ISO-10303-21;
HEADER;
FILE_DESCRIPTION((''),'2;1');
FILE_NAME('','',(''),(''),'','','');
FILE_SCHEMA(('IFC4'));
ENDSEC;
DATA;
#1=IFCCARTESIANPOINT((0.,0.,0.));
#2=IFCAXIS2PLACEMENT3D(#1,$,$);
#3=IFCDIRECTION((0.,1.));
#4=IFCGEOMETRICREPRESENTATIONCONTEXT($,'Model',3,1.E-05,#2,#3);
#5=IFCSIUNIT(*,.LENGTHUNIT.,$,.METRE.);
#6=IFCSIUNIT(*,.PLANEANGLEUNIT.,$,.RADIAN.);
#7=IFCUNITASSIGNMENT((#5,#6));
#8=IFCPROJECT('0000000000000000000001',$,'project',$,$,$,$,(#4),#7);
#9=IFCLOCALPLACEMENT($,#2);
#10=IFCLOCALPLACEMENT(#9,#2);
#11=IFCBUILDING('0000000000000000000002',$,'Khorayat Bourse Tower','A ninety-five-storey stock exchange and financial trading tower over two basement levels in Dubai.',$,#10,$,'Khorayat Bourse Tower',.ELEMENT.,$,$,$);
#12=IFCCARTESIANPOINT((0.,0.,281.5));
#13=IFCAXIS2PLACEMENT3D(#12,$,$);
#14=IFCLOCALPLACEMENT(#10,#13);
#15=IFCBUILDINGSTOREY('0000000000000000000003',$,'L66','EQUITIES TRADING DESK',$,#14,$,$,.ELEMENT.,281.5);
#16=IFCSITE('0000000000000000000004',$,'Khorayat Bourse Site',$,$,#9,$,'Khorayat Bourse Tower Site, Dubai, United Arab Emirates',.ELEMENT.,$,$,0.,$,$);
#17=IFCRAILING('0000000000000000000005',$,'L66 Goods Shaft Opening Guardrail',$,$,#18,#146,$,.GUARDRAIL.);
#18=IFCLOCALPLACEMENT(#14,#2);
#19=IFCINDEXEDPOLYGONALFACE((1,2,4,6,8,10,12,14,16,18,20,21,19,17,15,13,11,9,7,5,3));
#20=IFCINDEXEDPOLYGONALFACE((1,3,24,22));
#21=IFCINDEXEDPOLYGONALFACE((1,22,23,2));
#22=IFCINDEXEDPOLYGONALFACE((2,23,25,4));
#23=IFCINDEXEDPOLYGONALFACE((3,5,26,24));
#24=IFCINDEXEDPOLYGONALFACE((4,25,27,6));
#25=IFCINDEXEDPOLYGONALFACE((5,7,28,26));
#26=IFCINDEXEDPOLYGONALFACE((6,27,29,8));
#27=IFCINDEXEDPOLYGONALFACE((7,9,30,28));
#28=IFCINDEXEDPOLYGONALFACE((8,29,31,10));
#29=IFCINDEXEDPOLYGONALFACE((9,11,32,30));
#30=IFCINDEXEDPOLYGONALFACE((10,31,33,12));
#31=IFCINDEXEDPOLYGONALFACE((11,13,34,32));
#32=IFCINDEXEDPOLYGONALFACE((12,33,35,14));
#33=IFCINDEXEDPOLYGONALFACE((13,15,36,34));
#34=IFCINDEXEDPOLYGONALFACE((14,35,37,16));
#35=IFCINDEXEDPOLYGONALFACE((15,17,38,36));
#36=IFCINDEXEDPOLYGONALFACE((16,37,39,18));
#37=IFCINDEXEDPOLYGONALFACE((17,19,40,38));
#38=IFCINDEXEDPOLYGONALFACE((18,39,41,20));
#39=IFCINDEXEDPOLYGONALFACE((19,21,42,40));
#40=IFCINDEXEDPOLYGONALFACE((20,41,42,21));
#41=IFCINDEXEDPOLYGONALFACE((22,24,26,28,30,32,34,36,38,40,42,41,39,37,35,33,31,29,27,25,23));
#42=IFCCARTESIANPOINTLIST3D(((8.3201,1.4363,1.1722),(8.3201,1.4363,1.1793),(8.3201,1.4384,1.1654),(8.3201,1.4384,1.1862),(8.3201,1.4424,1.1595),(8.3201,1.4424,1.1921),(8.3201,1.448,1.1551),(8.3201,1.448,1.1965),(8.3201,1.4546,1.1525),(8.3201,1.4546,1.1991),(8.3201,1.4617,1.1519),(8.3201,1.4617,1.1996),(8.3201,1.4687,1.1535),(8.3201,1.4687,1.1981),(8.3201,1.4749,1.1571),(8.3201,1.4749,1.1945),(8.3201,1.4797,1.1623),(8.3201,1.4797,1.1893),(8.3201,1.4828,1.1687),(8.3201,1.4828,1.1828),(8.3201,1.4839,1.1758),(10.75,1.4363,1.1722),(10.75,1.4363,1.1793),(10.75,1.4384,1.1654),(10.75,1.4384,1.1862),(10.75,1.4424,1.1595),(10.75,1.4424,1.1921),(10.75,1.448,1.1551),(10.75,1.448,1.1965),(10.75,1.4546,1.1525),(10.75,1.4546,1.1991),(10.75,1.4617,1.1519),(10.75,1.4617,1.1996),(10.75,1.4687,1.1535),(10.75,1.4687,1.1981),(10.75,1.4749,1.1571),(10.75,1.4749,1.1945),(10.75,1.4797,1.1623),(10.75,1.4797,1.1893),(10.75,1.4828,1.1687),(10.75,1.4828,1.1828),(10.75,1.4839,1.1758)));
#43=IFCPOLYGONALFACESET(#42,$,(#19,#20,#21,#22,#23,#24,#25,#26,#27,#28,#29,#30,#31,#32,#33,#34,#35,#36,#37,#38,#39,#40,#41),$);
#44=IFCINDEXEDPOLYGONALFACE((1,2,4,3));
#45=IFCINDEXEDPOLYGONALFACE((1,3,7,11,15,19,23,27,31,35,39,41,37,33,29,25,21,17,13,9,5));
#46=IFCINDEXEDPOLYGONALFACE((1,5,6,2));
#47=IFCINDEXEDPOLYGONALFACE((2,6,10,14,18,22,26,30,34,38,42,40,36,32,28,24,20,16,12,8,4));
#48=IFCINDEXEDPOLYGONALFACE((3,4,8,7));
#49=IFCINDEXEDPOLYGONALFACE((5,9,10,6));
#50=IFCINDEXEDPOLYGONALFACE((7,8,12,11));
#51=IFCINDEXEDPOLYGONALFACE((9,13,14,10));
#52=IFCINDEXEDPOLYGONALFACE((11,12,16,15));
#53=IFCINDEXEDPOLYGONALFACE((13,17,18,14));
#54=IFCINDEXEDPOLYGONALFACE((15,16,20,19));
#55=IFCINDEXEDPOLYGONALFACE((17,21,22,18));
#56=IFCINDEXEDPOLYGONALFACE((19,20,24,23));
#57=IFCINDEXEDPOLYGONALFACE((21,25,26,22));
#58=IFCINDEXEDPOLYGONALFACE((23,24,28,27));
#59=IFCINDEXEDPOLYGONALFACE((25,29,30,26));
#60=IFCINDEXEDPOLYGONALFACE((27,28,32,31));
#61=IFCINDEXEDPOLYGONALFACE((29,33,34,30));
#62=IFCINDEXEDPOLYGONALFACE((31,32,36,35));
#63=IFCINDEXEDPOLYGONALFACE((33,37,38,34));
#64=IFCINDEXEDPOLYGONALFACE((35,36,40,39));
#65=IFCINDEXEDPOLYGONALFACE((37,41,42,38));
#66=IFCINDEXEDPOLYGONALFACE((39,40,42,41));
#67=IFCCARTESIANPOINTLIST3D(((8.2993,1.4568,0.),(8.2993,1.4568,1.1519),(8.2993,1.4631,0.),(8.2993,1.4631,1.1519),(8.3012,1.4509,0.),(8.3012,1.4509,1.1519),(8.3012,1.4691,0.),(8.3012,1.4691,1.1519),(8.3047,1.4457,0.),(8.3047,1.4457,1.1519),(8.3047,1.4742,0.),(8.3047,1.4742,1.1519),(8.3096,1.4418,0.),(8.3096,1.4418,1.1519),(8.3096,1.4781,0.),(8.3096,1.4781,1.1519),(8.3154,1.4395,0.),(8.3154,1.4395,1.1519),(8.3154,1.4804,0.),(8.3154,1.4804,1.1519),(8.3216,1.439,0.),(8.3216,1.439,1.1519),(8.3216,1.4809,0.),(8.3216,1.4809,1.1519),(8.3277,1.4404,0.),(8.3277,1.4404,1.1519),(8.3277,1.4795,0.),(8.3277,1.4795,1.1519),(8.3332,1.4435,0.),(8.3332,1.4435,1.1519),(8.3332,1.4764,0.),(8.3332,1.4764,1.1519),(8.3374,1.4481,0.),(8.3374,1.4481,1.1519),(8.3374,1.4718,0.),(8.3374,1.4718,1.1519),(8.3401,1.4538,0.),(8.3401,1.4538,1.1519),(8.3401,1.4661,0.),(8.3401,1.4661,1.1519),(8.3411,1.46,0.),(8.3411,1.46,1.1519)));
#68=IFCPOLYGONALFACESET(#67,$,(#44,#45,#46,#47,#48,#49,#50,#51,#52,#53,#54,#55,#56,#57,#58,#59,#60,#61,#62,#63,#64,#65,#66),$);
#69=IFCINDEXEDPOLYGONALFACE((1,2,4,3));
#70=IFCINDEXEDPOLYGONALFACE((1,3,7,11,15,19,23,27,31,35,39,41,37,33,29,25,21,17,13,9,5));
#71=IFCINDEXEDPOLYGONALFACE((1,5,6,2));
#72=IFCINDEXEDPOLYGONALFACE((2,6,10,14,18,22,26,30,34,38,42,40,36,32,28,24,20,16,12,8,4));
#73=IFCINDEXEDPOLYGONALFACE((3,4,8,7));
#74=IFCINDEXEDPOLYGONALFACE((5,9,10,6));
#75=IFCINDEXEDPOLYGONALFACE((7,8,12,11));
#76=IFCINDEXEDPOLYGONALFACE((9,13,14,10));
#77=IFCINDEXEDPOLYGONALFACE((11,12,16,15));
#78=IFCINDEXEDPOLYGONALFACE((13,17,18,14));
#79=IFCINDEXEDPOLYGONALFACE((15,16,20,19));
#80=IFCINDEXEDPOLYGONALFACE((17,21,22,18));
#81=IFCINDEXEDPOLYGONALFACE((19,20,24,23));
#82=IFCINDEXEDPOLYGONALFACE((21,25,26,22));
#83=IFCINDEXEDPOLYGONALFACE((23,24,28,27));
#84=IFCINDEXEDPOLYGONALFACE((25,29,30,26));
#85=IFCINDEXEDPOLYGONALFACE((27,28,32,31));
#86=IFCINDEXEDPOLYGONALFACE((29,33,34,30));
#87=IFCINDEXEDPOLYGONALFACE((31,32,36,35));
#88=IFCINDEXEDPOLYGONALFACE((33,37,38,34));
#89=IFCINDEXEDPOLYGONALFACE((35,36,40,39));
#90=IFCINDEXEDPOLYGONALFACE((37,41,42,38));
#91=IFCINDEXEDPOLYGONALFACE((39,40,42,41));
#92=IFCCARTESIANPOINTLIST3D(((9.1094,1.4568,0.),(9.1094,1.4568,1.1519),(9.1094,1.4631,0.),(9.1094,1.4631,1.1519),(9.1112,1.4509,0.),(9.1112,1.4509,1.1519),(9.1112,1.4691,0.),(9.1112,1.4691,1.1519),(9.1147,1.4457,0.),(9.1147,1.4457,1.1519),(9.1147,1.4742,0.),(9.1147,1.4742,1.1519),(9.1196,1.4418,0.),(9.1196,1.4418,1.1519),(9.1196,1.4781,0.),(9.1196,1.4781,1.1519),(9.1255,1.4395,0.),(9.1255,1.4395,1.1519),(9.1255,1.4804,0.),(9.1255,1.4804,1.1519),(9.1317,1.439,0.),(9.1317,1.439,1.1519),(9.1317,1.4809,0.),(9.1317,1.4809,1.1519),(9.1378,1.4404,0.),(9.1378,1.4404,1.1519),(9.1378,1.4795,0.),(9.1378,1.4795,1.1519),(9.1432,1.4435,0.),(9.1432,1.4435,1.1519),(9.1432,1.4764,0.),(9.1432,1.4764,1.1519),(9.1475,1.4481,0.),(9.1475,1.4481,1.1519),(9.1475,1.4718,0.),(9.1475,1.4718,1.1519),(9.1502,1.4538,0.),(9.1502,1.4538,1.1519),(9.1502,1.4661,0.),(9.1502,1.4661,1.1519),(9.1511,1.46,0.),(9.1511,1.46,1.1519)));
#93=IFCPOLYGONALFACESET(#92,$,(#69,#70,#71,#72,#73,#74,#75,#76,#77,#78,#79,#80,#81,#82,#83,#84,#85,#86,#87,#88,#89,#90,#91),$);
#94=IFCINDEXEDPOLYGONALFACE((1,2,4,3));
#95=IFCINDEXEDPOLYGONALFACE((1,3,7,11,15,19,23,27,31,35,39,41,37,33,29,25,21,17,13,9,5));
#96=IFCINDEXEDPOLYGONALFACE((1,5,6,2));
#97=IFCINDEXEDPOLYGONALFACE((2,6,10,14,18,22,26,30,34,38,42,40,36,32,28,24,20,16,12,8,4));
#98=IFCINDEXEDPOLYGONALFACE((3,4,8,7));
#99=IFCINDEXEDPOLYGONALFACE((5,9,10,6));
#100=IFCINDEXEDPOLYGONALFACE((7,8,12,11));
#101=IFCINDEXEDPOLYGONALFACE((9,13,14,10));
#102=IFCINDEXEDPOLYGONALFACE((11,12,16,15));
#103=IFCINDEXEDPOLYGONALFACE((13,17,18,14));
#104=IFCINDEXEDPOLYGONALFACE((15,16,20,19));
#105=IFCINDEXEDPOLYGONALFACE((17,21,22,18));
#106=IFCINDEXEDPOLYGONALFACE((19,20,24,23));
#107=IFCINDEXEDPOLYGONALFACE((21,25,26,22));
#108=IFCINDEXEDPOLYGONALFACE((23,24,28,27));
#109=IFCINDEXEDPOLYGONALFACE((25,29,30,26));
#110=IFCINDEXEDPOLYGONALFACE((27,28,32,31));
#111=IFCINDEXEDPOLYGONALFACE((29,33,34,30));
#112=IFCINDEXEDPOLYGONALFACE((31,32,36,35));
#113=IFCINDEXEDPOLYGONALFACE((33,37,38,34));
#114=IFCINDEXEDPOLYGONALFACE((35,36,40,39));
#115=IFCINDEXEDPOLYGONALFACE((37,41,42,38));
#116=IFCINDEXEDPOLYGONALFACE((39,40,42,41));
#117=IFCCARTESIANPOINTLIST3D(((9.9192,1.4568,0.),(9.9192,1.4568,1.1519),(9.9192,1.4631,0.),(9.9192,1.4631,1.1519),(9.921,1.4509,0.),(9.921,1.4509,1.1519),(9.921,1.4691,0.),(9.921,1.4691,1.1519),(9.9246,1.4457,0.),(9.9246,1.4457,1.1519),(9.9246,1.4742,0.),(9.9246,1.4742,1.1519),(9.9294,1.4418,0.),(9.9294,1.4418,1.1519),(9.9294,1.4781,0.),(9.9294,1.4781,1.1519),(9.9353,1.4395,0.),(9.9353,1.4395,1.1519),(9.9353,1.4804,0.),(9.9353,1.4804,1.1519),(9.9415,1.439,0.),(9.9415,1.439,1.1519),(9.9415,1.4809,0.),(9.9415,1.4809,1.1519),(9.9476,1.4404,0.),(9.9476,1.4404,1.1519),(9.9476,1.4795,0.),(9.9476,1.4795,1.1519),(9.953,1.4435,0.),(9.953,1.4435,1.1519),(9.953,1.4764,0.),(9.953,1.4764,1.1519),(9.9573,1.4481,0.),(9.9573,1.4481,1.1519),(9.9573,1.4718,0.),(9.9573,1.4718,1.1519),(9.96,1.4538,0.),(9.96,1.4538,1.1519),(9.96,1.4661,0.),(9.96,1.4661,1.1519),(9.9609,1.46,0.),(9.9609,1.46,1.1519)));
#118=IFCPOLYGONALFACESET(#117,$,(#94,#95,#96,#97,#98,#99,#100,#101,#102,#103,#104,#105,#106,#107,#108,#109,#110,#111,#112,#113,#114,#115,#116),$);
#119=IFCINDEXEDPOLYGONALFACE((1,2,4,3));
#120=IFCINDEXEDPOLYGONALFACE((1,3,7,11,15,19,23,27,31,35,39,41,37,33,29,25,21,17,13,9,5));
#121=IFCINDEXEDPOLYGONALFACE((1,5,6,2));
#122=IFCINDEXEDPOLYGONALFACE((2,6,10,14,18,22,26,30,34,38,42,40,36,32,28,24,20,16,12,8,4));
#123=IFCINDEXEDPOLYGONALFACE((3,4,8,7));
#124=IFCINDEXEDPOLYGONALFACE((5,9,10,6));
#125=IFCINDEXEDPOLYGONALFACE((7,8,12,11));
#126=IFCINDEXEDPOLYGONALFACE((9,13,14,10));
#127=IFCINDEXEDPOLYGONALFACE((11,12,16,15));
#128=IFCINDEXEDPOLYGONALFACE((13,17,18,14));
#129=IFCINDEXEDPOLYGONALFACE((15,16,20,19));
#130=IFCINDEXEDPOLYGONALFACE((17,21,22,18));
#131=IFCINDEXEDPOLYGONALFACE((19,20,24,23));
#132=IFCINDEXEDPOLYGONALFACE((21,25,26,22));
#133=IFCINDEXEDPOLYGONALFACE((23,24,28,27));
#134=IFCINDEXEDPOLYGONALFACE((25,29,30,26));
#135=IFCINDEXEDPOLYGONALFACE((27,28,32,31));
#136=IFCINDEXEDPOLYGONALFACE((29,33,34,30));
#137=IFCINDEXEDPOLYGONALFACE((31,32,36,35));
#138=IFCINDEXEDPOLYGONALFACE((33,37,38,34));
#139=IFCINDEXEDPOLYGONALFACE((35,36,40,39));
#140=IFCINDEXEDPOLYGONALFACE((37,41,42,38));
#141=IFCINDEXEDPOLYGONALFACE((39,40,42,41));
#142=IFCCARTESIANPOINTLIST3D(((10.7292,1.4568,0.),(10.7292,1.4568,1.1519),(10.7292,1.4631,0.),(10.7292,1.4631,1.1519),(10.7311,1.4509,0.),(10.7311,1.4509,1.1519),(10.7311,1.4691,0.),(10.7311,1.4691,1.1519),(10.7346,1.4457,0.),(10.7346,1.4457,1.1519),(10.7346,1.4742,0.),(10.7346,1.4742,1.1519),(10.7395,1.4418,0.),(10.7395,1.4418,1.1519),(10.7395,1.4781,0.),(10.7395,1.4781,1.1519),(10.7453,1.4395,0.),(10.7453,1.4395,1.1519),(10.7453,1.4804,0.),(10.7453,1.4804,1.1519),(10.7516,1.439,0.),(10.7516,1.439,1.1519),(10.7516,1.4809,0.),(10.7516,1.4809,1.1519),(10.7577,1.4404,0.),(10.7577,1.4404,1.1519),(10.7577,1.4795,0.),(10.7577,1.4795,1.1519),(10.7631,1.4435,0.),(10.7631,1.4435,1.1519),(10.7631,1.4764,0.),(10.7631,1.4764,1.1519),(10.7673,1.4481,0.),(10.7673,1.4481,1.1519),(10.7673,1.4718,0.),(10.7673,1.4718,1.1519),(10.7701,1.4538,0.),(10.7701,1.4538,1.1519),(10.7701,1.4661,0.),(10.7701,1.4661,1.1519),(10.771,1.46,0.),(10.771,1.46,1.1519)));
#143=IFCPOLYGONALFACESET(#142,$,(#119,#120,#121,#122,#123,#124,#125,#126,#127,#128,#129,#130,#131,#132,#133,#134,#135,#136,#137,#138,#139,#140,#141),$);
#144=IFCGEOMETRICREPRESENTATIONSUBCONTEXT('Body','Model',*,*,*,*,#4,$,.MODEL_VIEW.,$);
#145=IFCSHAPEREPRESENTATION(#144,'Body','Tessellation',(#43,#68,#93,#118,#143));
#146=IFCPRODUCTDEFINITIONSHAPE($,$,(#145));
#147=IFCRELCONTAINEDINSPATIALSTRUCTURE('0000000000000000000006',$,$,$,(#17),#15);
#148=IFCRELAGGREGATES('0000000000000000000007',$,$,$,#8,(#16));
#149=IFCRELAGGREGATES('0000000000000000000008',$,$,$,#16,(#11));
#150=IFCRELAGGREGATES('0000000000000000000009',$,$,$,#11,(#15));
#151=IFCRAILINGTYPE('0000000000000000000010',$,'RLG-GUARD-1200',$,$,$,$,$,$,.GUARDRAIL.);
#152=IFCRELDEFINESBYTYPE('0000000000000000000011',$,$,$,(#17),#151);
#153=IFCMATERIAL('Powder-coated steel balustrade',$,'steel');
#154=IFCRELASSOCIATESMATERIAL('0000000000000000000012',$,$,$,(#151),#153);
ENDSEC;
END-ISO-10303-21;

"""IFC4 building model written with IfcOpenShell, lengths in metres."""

from ifc_helpers import new_model, si_unit, direction, frame, origin, origin_2d, place, context, subcontext, project, spatial, circle, extrude, source, transform, mapped, material, type_object, element, save


model = new_model("IFC4")

# Units and contexts
model_context = context("Model", 3, precision=1e-05, world=origin(), true_north=direction((0.0, 1.0)))
body_context = subcontext(model_context, "Body", "Model", "MODEL_VIEW")
ifc_project = project(units=[si_unit("LENGTHUNIT", "METRE"), si_unit("PLANEANGLEUNIT", "RADIAN")], contexts=[model_context])

# Site, building, storey
site_placement = place(None, origin())
site = spatial("IfcSite", under=ifc_project, at=site_placement, Name="Khorayat Bourse Site", LongName="Khorayat Bourse Tower Site, Dubai, United Arab Emirates", CompositionType="ELEMENT", RefElevation=0.0)
building_placement = place(site_placement, origin())
building = spatial("IfcBuilding", under=site, at=building_placement, Name="Khorayat Bourse Tower", Description="A ninety-five-storey stock exchange and financial trading tower over two basement levels in Dubai.", LongName="Khorayat Bourse Tower", CompositionType="ELEMENT")
storey_placement = place(building_placement, frame((0.0, 0.0, 281.5)))
storey = spatial("IfcBuildingStorey", under=building, at=storey_placement, Name="L66", Description="EQUITIES TRADING DESK", CompositionType="ELEMENT", Elevation=281.5)

# Railing
ifc_material_1 = material(Name="Powder-coated steel balustrade", Category="steel")
railing_type = type_object("IfcRailingType", Name="RLG-GUARD-1200", PredefinedType="GUARDRAIL", material=ifc_material_1)
shared_shape_1 = source(origin(), body_context, "Body", "SweptSolid", [
    extrude(circle(Radius=0.0239, at=origin_2d()), frame((0.0, 0.0, 1.1758), z_axis=(1.0, 0.0, 0.0), x_axis=(0.0, 1.0, 0.0)), (0.0, 0.0, 1.0), 2.4299),
    extrude(circle(Radius=0.021, at=origin_2d()), origin(), (0.0, 0.0, 1.0), 1.1519),
    extrude(circle(Radius=0.021, at=origin_2d()), frame((0.8101, 0.0, 0.0)), (0.0, 0.0, 1.0), 1.1519),
    extrude(circle(Radius=0.021, at=origin_2d()), frame((1.6199, 0.0, 0.0)), (0.0, 0.0, 1.0), 1.1519),
    extrude(circle(Radius=0.021, at=origin_2d()), frame((2.4299, 0.0, 0.0)), (0.0, 0.0, 1.0), 1.1519),
])
railing_placement = place(storey_placement, frame((8.3201, 1.46, 0.0)))
element("IfcRailing", 1, at=railing_placement, inside=storey, type_object=railing_type, Name="L66 Goods Shaft Opening Guardrail", PredefinedType="GUARDRAIL", context=body_context, shape_type="MappedRepresentation", body=[
    mapped(shared_shape_1, transform((0.0, 0.0, 0.0), scale=1.0)),
])

save(model, "model.ifc")
